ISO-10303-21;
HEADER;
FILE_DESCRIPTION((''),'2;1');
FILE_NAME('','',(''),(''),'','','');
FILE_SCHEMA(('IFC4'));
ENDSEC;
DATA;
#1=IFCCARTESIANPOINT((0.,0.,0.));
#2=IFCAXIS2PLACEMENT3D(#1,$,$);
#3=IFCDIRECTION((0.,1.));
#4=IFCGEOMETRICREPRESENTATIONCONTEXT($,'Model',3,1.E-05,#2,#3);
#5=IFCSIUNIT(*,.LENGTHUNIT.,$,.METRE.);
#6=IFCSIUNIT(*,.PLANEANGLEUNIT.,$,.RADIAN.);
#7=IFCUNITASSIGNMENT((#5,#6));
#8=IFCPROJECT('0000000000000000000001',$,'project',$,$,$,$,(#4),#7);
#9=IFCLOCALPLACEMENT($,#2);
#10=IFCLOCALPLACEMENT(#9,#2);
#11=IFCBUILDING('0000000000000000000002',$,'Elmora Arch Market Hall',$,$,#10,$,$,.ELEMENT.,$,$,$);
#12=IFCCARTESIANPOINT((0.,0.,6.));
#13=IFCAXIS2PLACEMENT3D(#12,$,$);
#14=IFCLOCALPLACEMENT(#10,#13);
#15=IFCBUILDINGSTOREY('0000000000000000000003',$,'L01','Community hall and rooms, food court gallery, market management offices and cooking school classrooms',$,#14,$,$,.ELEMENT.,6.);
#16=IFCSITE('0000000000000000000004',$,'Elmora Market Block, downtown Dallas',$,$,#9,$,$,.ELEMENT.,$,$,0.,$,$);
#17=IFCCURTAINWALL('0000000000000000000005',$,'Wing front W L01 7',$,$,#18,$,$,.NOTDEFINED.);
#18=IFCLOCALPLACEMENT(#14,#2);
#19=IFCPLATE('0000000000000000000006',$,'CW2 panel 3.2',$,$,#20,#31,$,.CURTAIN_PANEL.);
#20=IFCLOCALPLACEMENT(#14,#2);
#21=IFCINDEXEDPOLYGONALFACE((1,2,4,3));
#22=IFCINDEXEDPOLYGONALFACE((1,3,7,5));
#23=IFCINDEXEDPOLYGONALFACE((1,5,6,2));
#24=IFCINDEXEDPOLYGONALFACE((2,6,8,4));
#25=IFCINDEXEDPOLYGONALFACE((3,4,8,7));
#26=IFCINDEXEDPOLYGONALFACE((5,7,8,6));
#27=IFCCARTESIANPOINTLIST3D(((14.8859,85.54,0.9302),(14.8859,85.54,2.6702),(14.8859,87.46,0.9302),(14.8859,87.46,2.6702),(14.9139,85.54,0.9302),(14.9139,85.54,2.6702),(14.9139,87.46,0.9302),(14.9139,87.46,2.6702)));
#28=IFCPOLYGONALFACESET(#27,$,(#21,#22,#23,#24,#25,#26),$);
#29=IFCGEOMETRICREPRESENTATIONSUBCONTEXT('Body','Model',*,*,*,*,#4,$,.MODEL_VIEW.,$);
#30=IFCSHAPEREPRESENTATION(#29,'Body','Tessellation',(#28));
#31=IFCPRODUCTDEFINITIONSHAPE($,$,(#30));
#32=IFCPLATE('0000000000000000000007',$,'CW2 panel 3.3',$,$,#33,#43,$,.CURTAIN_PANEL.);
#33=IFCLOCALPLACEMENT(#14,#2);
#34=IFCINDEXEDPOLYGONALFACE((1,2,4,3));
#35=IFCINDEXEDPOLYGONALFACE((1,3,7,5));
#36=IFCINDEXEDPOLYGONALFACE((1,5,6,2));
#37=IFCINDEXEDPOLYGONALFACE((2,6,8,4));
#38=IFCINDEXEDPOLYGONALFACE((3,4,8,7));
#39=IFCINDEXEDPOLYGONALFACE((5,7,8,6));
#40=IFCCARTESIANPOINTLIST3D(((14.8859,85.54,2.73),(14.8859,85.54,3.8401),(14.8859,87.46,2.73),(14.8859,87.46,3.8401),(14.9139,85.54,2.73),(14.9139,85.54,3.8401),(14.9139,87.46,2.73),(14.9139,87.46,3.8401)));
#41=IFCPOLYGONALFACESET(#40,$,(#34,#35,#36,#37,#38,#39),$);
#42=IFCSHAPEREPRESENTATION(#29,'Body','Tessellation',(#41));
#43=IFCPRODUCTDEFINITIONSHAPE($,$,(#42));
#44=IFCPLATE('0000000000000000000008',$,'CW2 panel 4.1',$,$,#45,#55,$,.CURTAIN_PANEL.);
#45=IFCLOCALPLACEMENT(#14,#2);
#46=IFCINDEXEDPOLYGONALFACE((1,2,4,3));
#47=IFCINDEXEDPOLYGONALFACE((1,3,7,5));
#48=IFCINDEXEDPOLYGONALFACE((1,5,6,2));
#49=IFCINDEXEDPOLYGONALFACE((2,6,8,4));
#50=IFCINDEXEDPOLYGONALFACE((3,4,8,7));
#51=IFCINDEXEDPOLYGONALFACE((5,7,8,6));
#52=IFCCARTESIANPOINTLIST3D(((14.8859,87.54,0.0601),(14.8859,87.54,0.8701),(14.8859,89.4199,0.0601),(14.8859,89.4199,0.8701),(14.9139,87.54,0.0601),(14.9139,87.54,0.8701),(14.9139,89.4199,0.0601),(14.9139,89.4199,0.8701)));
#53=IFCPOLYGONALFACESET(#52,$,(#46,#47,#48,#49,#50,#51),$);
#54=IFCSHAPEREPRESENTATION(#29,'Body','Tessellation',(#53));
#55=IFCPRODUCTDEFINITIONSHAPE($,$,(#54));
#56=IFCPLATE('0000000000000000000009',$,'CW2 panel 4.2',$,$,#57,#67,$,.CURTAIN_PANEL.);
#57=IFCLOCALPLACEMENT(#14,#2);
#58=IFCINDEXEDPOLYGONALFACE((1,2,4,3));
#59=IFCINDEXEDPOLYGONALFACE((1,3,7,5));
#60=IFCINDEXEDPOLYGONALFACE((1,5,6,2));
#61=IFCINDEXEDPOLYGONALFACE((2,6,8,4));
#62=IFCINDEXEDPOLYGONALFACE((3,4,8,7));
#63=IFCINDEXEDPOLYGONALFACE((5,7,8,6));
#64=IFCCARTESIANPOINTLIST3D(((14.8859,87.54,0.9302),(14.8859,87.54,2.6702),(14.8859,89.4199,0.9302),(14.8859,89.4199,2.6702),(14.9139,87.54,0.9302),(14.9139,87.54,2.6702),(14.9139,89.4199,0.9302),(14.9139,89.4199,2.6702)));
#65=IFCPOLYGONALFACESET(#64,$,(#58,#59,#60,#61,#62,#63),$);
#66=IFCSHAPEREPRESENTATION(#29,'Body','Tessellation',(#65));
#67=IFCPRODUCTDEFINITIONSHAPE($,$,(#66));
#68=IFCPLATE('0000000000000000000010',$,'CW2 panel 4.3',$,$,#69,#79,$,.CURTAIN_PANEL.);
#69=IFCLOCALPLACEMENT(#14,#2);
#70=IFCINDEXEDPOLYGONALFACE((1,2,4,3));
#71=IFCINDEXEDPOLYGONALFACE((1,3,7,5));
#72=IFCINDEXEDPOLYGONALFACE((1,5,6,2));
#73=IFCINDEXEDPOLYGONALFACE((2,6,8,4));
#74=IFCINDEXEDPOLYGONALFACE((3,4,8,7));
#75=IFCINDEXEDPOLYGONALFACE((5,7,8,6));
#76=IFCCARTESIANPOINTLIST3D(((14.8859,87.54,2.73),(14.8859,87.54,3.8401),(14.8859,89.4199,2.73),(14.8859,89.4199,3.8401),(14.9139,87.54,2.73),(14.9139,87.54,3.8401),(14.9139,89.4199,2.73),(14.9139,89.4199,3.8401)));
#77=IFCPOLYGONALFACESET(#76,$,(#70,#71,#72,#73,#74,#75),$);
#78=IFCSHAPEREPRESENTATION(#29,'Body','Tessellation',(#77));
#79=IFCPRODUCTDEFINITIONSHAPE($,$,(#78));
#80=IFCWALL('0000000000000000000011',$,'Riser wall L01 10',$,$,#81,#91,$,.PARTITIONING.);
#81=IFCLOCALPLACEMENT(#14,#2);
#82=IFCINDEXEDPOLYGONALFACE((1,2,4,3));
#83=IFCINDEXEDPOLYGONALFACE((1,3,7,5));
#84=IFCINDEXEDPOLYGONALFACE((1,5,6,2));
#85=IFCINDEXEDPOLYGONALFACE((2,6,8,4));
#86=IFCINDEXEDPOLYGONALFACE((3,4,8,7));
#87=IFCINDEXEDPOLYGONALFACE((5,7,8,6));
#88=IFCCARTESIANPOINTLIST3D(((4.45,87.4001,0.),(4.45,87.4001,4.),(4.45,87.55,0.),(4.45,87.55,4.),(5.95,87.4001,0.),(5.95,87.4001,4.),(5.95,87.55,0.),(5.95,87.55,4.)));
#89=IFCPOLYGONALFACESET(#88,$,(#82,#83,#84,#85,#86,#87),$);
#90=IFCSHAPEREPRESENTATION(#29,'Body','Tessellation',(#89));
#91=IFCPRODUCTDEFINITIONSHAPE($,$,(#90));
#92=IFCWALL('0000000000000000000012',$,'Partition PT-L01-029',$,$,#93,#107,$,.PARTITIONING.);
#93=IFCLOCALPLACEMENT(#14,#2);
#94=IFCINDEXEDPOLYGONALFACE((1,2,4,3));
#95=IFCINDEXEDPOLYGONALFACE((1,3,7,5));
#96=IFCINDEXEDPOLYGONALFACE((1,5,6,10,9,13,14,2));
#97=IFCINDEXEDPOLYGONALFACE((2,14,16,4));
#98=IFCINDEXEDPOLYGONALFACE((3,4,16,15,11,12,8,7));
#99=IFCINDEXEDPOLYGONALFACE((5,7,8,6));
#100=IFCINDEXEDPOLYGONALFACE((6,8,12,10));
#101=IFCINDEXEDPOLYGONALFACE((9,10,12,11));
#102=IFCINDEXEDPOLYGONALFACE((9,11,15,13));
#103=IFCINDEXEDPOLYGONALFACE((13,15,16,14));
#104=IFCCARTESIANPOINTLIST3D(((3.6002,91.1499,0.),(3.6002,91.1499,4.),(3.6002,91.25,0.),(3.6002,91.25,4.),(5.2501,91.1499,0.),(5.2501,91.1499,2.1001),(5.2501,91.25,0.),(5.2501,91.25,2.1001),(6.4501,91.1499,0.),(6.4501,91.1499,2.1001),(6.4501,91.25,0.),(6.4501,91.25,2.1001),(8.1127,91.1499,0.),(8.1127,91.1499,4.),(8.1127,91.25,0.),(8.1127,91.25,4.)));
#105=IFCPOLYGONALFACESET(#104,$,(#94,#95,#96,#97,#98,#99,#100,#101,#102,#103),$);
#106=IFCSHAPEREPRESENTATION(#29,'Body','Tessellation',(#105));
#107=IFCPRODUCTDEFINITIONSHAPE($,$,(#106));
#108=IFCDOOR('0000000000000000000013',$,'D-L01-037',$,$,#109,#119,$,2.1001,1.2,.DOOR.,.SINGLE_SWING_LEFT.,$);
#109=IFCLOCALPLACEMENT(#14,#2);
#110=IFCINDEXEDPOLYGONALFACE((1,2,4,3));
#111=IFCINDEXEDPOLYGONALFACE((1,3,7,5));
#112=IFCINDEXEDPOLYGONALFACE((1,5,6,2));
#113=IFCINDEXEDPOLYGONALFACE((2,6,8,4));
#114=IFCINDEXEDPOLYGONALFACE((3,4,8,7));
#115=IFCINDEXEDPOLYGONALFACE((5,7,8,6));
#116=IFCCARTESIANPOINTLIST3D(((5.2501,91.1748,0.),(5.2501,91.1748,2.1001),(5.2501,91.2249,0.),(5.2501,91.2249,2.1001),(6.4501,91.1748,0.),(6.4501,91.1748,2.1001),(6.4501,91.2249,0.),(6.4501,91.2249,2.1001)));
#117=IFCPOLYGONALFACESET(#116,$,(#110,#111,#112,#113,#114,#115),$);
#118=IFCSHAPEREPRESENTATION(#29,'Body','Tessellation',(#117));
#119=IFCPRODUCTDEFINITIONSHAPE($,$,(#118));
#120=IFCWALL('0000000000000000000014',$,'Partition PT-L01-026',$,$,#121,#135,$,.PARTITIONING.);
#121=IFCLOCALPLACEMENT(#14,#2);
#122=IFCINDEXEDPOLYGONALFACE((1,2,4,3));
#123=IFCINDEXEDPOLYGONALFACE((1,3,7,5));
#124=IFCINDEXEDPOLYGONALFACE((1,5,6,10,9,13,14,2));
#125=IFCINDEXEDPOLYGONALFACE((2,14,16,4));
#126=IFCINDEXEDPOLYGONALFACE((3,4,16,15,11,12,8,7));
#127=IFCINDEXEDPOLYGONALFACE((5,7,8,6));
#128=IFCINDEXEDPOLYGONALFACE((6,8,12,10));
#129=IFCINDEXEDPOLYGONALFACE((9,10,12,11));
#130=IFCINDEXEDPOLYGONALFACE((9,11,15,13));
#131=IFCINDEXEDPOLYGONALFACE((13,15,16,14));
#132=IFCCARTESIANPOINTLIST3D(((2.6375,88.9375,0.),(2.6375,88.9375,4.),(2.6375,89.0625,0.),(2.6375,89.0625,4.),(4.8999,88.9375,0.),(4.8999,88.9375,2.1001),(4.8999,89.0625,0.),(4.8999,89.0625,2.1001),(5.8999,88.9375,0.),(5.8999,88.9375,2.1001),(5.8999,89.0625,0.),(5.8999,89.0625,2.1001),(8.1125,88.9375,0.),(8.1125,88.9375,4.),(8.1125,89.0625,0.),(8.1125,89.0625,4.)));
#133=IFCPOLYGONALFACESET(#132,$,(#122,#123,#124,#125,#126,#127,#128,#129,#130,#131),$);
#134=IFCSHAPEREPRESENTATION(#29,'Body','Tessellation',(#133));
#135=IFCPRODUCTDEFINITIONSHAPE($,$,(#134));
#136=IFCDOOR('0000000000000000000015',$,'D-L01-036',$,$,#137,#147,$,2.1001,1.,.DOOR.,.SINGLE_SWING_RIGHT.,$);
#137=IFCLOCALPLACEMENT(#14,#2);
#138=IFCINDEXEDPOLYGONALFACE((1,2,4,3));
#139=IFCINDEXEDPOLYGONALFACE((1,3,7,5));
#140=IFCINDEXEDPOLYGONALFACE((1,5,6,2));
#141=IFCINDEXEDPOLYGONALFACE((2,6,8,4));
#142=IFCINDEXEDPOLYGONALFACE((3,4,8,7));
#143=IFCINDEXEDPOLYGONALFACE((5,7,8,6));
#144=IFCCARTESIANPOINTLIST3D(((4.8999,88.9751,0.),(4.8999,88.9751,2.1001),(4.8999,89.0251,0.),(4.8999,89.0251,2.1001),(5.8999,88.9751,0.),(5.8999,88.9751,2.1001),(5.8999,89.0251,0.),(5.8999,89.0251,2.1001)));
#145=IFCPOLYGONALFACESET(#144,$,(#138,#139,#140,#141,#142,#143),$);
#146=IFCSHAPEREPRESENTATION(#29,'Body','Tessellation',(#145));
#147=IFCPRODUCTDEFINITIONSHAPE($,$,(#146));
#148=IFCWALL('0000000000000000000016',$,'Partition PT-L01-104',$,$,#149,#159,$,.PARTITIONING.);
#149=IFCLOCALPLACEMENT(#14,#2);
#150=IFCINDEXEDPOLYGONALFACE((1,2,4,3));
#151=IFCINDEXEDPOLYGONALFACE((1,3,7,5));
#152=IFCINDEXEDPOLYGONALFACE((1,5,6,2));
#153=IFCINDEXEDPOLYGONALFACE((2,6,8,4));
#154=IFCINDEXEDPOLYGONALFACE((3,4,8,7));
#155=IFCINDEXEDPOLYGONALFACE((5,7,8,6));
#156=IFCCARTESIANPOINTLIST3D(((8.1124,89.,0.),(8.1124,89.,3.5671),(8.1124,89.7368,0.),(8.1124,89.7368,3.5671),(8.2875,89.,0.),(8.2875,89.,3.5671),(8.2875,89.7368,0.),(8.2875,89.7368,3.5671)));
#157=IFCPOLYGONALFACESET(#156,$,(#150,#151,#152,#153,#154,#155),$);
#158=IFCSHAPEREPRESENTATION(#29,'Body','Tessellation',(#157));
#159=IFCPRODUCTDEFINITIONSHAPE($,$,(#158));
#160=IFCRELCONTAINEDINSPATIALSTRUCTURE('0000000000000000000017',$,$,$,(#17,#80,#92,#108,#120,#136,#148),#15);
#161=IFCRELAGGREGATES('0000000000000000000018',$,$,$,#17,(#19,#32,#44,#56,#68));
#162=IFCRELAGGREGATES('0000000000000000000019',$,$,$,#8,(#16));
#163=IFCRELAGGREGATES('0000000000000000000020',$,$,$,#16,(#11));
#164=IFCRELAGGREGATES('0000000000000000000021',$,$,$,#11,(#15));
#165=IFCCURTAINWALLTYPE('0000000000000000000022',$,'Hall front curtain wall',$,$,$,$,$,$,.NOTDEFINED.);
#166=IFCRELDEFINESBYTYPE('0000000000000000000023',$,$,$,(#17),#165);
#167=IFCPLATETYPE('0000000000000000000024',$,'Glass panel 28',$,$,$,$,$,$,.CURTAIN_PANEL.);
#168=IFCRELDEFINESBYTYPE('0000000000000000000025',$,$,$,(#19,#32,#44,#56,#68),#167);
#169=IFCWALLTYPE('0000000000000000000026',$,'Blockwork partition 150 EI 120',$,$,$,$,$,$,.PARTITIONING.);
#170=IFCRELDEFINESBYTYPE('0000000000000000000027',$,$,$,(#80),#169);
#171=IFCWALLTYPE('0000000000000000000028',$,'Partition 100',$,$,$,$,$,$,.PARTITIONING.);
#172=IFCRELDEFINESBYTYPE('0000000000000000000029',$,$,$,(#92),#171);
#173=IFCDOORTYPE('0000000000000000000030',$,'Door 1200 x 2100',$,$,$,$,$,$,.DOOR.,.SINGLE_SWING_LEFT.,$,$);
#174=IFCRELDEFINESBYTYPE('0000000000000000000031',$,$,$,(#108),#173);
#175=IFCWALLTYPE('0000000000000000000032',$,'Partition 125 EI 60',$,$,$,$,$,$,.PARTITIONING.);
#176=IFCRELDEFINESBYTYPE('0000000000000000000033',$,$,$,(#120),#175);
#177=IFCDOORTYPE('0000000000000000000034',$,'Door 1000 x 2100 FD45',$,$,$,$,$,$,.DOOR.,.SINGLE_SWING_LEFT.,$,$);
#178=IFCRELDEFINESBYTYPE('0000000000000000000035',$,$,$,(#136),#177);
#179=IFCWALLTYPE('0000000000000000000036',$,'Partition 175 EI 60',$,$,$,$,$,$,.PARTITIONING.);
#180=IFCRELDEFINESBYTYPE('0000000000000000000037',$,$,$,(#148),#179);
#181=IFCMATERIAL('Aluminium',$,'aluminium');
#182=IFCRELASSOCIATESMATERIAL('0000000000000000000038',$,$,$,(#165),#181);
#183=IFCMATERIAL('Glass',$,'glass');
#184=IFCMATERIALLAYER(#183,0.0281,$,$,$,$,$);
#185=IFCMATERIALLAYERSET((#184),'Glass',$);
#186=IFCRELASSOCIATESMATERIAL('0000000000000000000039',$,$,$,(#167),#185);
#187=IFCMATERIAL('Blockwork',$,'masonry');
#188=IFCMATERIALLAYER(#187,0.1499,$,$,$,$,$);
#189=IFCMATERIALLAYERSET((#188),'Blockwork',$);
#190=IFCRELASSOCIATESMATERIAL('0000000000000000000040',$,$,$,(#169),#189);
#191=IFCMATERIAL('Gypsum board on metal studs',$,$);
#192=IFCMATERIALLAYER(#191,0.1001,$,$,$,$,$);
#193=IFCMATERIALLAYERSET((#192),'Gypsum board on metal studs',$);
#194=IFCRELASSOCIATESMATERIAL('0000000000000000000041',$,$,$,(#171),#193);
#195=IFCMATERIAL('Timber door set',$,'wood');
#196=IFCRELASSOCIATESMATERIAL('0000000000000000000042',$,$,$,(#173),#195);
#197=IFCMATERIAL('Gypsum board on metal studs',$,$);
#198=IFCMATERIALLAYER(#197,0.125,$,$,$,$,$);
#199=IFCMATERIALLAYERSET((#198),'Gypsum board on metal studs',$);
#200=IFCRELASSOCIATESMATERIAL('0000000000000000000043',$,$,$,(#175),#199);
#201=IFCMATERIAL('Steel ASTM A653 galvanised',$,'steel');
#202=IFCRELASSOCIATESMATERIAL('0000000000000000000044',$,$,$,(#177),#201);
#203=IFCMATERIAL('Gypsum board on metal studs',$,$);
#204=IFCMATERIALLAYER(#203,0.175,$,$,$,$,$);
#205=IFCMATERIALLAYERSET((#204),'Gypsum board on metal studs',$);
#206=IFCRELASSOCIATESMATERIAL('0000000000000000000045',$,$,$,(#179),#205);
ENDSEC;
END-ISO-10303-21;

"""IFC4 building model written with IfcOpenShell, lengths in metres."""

from ifc_helpers import new_model, si_unit, direction, frame, frame_2d, origin, origin_2d, place, context, subcontext, project, spatial, rectangle, extrude, material, layer, layer_set, type_object, element, fill, aggregate, save


model = new_model("IFC4")

# Units and contexts
model_context = context("Model", 3, precision=1e-05, world=origin(), true_north=direction((0.0, 1.0)))
body_context = subcontext(model_context, "Body", "Model", "MODEL_VIEW")
ifc_project = project(units=[si_unit("LENGTHUNIT", "METRE"), si_unit("PLANEANGLEUNIT", "RADIAN")], contexts=[model_context])

# Site, building, storey
site_placement = place(None, origin())
site = spatial("IfcSite", under=ifc_project, at=site_placement, Name="Elmora Market Block, downtown Dallas", CompositionType="ELEMENT", RefElevation=0.0)
building_placement = place(site_placement, origin())
building = spatial("IfcBuilding", under=site, at=building_placement, Name="Elmora Arch Market Hall", CompositionType="ELEMENT")
storey_placement = place(building_placement, frame((0.0, 0.0, 6.0)))
storey = spatial("IfcBuildingStorey", under=building, at=storey_placement, Name="L01", Description="Community hall and rooms, food court gallery, market management offices and cooking school classrooms", CompositionType="ELEMENT", Elevation=6.0)

# Curtain wall
ifc_material_1 = material(Name="Aluminium", Category="aluminium")
curtain_wall_type = type_object("IfcCurtainWallType", Name="Hall front curtain wall", PredefinedType="NOTDEFINED", material=ifc_material_1)
curtain_wall_placement = place(storey_placement, origin())
curtain_wall = element("IfcCurtainWall", 1, at=curtain_wall_placement, inside=storey, type_object=curtain_wall_type, Name="Wing front W L01 7", PredefinedType="NOTDEFINED")

# Plates
ifc_material_2 = material(Name="Glass", Category="glass")
ifc_layer_1 = layer(ifc_material_2, 0.0281)
ifc_layer_set_1 = layer_set([ifc_layer_1], Name="Glass")
plate_type = type_object("IfcPlateType", Name="Glass panel 28", PredefinedType="CURTAIN_PANEL", material=ifc_layer_set_1)
plate_1_placement = place(storey_placement, frame((14.8999, 86.5, 0.9302), z_axis=(0.0, 0.0, 1.0), x_axis=(0.0, 1.0, 0.0)))
plate_1 = element("IfcPlate", 2, at=plate_1_placement, type_object=plate_type, Name="CW2 panel 3.2", PredefinedType="CURTAIN_PANEL", context=body_context, shape_type="SweptSolid", body=[
    extrude(rectangle(XDim=1.9199, YDim=0.0281, at=origin_2d()), origin(), (0.0, 0.0, 1.0), 1.74),
])
plate_2_placement = place(storey_placement, frame((14.8999, 86.5, 2.73), z_axis=(0.0, 0.0, 1.0), x_axis=(0.0, 1.0, 0.0)))
plate_2 = element("IfcPlate", 3, at=plate_2_placement, type_object=plate_type, Name="CW2 panel 3.3", PredefinedType="CURTAIN_PANEL", context=body_context, shape_type="SweptSolid", body=[
    extrude(rectangle(XDim=1.9199, YDim=0.0281, at=origin_2d()), origin(), (0.0, 0.0, 1.0), 1.1101),
])
plate_3_placement = place(storey_placement, frame((14.8999, 88.48, 0.0601), z_axis=(0.0, 0.0, 1.0), x_axis=(0.0, 1.0, 0.0)))
plate_3 = element("IfcPlate", 4, at=plate_3_placement, type_object=plate_type, Name="CW2 panel 4.1", PredefinedType="CURTAIN_PANEL", context=body_context, shape_type="SweptSolid", body=[
    extrude(rectangle(XDim=1.8799, YDim=0.0281, at=origin_2d()), origin(), (0.0, 0.0, 1.0), 0.8101),
])
plate_4_placement = place(storey_placement, frame((14.8999, 88.48, 0.9302), z_axis=(0.0, 0.0, 1.0), x_axis=(0.0, 1.0, 0.0)))
plate_4 = element("IfcPlate", 5, at=plate_4_placement, type_object=plate_type, Name="CW2 panel 4.2", PredefinedType="CURTAIN_PANEL", context=body_context, shape_type="SweptSolid", body=[
    extrude(rectangle(XDim=1.8799, YDim=0.0281, at=origin_2d()), origin(), (0.0, 0.0, 1.0), 1.74),
])
plate_5_placement = place(storey_placement, frame((14.8999, 88.48, 2.73), z_axis=(0.0, 0.0, 1.0), x_axis=(0.0, 1.0, 0.0)))
plate_5 = element("IfcPlate", 6, at=plate_5_placement, type_object=plate_type, Name="CW2 panel 4.3", PredefinedType="CURTAIN_PANEL", context=body_context, shape_type="SweptSolid", body=[
    extrude(rectangle(XDim=1.8799, YDim=0.0281, at=origin_2d()), origin(), (0.0, 0.0, 1.0), 1.1101),
])
aggregate(curtain_wall, [plate_1, plate_2, plate_3, plate_4, plate_5])

# Wall
ifc_material_3 = material(Name="Blockwork", Category="masonry")
ifc_layer_2 = layer(ifc_material_3, 0.1499)
ifc_layer_set_2 = layer_set([ifc_layer_2], Name="Blockwork")
wall_type_1 = type_object("IfcWallType", Name="Blockwork partition 150 EI 120", PredefinedType="PARTITIONING", material=ifc_layer_set_2)
wall_1_placement = place(storey_placement, frame((4.45, 87.4751, 0.0), z_axis=(0.0, 0.0, 1.0), x_axis=(1.0, 0.0, 0.0)))
element("IfcWall", 7, at=wall_1_placement, inside=storey, type_object=wall_type_1, Name="Riser wall L01 10", PredefinedType="PARTITIONING", context=body_context, shape_type="SweptSolid", body=[
    extrude(rectangle(XDim=1.5, YDim=0.1499, at=frame_2d((0.75, 0.0))), origin(), (0.0, 0.0, 1.0), 4.0),
])

# Walls, openings, doors
ifc_material_4 = material(Name="Gypsum board on metal studs")
ifc_layer_3 = layer(ifc_material_4, 0.1001)
ifc_layer_set_3 = layer_set([ifc_layer_3], Name="Gypsum board on metal studs")
wall_type_2 = type_object("IfcWallType", Name="Partition 100", PredefinedType="PARTITIONING", material=ifc_layer_set_3)
wall_2_placement = place(storey_placement, frame((3.6001, 91.2, 0.0), z_axis=(0.0, 0.0, 1.0), x_axis=(1.0, 0.0, 0.0)))
wall_2 = element("IfcWall", 8, at=wall_2_placement, inside=storey, type_object=wall_type_2, Name="Partition PT-L01-029", PredefinedType="PARTITIONING", context=body_context, shape_type="SweptSolid", body=[
    extrude(rectangle(XDim=4.5125, YDim=0.1001, at=frame_2d((2.2563, 0.0))), origin(), (0.0, 0.0, 1.0), 4.0),
])
opening_1_placement = place(wall_2_placement, frame((1.6499, 0.0, 0.0)))
opening_1 = element("IfcOpeningElement", 9, at=opening_1_placement, cuts=wall_2, PredefinedType="OPENING", context=body_context, shape_type="SweptSolid", body=[
    extrude(rectangle(XDim=1.2, YDim=2.1001, at=frame_2d((0.6001, 1.05))), frame((0.0, 0.0601, 0.0), z_axis=(0.0, -1.0, 0.0), x_axis=(1.0, 0.0, 0.0)), (0.0, 0.0, 1.0), 0.1201),
])
ifc_material_5 = material(Name="Timber door set", Category="wood")
door_type_1 = type_object("IfcDoorType", Name="Door 1200 x 2100", OperationType="SINGLE_SWING_LEFT", PredefinedType="DOOR", material=ifc_material_5)
door_1_placement = place(opening_1_placement, origin())
door_1 = element("IfcDoor", 10, at=door_1_placement, inside=storey, type_object=door_type_1, Name="D-L01-037", OperationType="SINGLE_SWING_LEFT", OverallHeight=2.1001, OverallWidth=1.2, PredefinedType="DOOR", context=body_context, shape_type="SweptSolid", body=[
    extrude(rectangle(XDim=1.2, YDim=2.1001, at=frame_2d((0.6001, 1.05))), frame((0.0, 0.0249, 0.0), z_axis=(0.0, -1.0, 0.0), x_axis=(1.0, 0.0, 0.0)), (0.0, 0.0, 1.0), 0.05),
])
fill(opening_1, door_1)
ifc_material_6 = material(Name="Gypsum board on metal studs")
ifc_layer_4 = layer(ifc_material_6, 0.125)
ifc_layer_set_4 = layer_set([ifc_layer_4], Name="Gypsum board on metal studs")
wall_type_3 = type_object("IfcWallType", Name="Partition 125 EI 60", PredefinedType="PARTITIONING", material=ifc_layer_set_4)
wall_3_placement = place(storey_placement, frame((2.6375, 89.0, 0.0), z_axis=(0.0, 0.0, 1.0), x_axis=(1.0, 0.0, 0.0)))
wall_3 = element("IfcWall", 11, at=wall_3_placement, inside=storey, type_object=wall_type_3, Name="Partition PT-L01-026", PredefinedType="PARTITIONING", context=body_context, shape_type="SweptSolid", body=[
    extrude(rectangle(XDim=5.4751, YDim=0.125, at=frame_2d((2.7375, 0.0))), origin(), (0.0, 0.0, 1.0), 4.0),
])
opening_2_placement = place(wall_3_placement, frame((2.2625, 0.0, 0.0)))
opening_2 = element("IfcOpeningElement", 12, at=opening_2_placement, cuts=wall_3, PredefinedType="OPENING", context=body_context, shape_type="SweptSolid", body=[
    extrude(rectangle(XDim=1.0, YDim=2.1001, at=frame_2d((0.5, 1.05))), frame((0.0, 0.0725, 0.0), z_axis=(0.0, -1.0, 0.0), x_axis=(1.0, 0.0, 0.0)), (0.0, 0.0, 1.0), 0.145),
])
ifc_material_7 = material(Name="Steel ASTM A653 galvanised", Category="steel")
door_type_2 = type_object("IfcDoorType", Name="Door 1000 x 2100 FD45", OperationType="SINGLE_SWING_LEFT", PredefinedType="DOOR", material=ifc_material_7)
door_2_placement = place(opening_2_placement, frame((1.0, 0.0, 0.0), z_axis=(0.0, 0.0, 1.0), x_axis=(-1.0, 0.0, 0.0)))
door_2 = element("IfcDoor", 13, at=door_2_placement, inside=storey, type_object=door_type_2, Name="D-L01-036", OperationType="SINGLE_SWING_RIGHT", OverallHeight=2.1001, OverallWidth=1.0, PredefinedType="DOOR", context=body_context, shape_type="SweptSolid", body=[
    extrude(rectangle(XDim=1.0, YDim=2.1001, at=frame_2d((0.5, 1.05))), frame((0.0, 0.0249, 0.0), z_axis=(0.0, -1.0, 0.0), x_axis=(1.0, 0.0, 0.0)), (0.0, 0.0, 1.0), 0.05),
])
fill(opening_2, door_2)

# Wall
ifc_material_8 = material(Name="Gypsum board on metal studs")
ifc_layer_5 = layer(ifc_material_8, 0.175)
ifc_layer_set_5 = layer_set([ifc_layer_5], Name="Gypsum board on metal studs")
wall_type_4 = type_object("IfcWallType", Name="Partition 175 EI 60", PredefinedType="PARTITIONING", material=ifc_layer_set_5)
wall_4_placement = place(storey_placement, frame((8.2, 89.0, 0.0), z_axis=(0.0, 0.0, 1.0), x_axis=(0.0, 1.0, 0.0)))
element("IfcWall", 14, at=wall_4_placement, inside=storey, type_object=wall_type_4, Name="Partition PT-L01-104", PredefinedType="PARTITIONING", context=body_context, shape_type="SweptSolid", body=[
    extrude(rectangle(XDim=0.7368, YDim=0.175, at=frame_2d((0.3684, 0.0))), origin(), (0.0, 0.0, 1.0), 3.5671),
])

save(model, "model.ifc")
